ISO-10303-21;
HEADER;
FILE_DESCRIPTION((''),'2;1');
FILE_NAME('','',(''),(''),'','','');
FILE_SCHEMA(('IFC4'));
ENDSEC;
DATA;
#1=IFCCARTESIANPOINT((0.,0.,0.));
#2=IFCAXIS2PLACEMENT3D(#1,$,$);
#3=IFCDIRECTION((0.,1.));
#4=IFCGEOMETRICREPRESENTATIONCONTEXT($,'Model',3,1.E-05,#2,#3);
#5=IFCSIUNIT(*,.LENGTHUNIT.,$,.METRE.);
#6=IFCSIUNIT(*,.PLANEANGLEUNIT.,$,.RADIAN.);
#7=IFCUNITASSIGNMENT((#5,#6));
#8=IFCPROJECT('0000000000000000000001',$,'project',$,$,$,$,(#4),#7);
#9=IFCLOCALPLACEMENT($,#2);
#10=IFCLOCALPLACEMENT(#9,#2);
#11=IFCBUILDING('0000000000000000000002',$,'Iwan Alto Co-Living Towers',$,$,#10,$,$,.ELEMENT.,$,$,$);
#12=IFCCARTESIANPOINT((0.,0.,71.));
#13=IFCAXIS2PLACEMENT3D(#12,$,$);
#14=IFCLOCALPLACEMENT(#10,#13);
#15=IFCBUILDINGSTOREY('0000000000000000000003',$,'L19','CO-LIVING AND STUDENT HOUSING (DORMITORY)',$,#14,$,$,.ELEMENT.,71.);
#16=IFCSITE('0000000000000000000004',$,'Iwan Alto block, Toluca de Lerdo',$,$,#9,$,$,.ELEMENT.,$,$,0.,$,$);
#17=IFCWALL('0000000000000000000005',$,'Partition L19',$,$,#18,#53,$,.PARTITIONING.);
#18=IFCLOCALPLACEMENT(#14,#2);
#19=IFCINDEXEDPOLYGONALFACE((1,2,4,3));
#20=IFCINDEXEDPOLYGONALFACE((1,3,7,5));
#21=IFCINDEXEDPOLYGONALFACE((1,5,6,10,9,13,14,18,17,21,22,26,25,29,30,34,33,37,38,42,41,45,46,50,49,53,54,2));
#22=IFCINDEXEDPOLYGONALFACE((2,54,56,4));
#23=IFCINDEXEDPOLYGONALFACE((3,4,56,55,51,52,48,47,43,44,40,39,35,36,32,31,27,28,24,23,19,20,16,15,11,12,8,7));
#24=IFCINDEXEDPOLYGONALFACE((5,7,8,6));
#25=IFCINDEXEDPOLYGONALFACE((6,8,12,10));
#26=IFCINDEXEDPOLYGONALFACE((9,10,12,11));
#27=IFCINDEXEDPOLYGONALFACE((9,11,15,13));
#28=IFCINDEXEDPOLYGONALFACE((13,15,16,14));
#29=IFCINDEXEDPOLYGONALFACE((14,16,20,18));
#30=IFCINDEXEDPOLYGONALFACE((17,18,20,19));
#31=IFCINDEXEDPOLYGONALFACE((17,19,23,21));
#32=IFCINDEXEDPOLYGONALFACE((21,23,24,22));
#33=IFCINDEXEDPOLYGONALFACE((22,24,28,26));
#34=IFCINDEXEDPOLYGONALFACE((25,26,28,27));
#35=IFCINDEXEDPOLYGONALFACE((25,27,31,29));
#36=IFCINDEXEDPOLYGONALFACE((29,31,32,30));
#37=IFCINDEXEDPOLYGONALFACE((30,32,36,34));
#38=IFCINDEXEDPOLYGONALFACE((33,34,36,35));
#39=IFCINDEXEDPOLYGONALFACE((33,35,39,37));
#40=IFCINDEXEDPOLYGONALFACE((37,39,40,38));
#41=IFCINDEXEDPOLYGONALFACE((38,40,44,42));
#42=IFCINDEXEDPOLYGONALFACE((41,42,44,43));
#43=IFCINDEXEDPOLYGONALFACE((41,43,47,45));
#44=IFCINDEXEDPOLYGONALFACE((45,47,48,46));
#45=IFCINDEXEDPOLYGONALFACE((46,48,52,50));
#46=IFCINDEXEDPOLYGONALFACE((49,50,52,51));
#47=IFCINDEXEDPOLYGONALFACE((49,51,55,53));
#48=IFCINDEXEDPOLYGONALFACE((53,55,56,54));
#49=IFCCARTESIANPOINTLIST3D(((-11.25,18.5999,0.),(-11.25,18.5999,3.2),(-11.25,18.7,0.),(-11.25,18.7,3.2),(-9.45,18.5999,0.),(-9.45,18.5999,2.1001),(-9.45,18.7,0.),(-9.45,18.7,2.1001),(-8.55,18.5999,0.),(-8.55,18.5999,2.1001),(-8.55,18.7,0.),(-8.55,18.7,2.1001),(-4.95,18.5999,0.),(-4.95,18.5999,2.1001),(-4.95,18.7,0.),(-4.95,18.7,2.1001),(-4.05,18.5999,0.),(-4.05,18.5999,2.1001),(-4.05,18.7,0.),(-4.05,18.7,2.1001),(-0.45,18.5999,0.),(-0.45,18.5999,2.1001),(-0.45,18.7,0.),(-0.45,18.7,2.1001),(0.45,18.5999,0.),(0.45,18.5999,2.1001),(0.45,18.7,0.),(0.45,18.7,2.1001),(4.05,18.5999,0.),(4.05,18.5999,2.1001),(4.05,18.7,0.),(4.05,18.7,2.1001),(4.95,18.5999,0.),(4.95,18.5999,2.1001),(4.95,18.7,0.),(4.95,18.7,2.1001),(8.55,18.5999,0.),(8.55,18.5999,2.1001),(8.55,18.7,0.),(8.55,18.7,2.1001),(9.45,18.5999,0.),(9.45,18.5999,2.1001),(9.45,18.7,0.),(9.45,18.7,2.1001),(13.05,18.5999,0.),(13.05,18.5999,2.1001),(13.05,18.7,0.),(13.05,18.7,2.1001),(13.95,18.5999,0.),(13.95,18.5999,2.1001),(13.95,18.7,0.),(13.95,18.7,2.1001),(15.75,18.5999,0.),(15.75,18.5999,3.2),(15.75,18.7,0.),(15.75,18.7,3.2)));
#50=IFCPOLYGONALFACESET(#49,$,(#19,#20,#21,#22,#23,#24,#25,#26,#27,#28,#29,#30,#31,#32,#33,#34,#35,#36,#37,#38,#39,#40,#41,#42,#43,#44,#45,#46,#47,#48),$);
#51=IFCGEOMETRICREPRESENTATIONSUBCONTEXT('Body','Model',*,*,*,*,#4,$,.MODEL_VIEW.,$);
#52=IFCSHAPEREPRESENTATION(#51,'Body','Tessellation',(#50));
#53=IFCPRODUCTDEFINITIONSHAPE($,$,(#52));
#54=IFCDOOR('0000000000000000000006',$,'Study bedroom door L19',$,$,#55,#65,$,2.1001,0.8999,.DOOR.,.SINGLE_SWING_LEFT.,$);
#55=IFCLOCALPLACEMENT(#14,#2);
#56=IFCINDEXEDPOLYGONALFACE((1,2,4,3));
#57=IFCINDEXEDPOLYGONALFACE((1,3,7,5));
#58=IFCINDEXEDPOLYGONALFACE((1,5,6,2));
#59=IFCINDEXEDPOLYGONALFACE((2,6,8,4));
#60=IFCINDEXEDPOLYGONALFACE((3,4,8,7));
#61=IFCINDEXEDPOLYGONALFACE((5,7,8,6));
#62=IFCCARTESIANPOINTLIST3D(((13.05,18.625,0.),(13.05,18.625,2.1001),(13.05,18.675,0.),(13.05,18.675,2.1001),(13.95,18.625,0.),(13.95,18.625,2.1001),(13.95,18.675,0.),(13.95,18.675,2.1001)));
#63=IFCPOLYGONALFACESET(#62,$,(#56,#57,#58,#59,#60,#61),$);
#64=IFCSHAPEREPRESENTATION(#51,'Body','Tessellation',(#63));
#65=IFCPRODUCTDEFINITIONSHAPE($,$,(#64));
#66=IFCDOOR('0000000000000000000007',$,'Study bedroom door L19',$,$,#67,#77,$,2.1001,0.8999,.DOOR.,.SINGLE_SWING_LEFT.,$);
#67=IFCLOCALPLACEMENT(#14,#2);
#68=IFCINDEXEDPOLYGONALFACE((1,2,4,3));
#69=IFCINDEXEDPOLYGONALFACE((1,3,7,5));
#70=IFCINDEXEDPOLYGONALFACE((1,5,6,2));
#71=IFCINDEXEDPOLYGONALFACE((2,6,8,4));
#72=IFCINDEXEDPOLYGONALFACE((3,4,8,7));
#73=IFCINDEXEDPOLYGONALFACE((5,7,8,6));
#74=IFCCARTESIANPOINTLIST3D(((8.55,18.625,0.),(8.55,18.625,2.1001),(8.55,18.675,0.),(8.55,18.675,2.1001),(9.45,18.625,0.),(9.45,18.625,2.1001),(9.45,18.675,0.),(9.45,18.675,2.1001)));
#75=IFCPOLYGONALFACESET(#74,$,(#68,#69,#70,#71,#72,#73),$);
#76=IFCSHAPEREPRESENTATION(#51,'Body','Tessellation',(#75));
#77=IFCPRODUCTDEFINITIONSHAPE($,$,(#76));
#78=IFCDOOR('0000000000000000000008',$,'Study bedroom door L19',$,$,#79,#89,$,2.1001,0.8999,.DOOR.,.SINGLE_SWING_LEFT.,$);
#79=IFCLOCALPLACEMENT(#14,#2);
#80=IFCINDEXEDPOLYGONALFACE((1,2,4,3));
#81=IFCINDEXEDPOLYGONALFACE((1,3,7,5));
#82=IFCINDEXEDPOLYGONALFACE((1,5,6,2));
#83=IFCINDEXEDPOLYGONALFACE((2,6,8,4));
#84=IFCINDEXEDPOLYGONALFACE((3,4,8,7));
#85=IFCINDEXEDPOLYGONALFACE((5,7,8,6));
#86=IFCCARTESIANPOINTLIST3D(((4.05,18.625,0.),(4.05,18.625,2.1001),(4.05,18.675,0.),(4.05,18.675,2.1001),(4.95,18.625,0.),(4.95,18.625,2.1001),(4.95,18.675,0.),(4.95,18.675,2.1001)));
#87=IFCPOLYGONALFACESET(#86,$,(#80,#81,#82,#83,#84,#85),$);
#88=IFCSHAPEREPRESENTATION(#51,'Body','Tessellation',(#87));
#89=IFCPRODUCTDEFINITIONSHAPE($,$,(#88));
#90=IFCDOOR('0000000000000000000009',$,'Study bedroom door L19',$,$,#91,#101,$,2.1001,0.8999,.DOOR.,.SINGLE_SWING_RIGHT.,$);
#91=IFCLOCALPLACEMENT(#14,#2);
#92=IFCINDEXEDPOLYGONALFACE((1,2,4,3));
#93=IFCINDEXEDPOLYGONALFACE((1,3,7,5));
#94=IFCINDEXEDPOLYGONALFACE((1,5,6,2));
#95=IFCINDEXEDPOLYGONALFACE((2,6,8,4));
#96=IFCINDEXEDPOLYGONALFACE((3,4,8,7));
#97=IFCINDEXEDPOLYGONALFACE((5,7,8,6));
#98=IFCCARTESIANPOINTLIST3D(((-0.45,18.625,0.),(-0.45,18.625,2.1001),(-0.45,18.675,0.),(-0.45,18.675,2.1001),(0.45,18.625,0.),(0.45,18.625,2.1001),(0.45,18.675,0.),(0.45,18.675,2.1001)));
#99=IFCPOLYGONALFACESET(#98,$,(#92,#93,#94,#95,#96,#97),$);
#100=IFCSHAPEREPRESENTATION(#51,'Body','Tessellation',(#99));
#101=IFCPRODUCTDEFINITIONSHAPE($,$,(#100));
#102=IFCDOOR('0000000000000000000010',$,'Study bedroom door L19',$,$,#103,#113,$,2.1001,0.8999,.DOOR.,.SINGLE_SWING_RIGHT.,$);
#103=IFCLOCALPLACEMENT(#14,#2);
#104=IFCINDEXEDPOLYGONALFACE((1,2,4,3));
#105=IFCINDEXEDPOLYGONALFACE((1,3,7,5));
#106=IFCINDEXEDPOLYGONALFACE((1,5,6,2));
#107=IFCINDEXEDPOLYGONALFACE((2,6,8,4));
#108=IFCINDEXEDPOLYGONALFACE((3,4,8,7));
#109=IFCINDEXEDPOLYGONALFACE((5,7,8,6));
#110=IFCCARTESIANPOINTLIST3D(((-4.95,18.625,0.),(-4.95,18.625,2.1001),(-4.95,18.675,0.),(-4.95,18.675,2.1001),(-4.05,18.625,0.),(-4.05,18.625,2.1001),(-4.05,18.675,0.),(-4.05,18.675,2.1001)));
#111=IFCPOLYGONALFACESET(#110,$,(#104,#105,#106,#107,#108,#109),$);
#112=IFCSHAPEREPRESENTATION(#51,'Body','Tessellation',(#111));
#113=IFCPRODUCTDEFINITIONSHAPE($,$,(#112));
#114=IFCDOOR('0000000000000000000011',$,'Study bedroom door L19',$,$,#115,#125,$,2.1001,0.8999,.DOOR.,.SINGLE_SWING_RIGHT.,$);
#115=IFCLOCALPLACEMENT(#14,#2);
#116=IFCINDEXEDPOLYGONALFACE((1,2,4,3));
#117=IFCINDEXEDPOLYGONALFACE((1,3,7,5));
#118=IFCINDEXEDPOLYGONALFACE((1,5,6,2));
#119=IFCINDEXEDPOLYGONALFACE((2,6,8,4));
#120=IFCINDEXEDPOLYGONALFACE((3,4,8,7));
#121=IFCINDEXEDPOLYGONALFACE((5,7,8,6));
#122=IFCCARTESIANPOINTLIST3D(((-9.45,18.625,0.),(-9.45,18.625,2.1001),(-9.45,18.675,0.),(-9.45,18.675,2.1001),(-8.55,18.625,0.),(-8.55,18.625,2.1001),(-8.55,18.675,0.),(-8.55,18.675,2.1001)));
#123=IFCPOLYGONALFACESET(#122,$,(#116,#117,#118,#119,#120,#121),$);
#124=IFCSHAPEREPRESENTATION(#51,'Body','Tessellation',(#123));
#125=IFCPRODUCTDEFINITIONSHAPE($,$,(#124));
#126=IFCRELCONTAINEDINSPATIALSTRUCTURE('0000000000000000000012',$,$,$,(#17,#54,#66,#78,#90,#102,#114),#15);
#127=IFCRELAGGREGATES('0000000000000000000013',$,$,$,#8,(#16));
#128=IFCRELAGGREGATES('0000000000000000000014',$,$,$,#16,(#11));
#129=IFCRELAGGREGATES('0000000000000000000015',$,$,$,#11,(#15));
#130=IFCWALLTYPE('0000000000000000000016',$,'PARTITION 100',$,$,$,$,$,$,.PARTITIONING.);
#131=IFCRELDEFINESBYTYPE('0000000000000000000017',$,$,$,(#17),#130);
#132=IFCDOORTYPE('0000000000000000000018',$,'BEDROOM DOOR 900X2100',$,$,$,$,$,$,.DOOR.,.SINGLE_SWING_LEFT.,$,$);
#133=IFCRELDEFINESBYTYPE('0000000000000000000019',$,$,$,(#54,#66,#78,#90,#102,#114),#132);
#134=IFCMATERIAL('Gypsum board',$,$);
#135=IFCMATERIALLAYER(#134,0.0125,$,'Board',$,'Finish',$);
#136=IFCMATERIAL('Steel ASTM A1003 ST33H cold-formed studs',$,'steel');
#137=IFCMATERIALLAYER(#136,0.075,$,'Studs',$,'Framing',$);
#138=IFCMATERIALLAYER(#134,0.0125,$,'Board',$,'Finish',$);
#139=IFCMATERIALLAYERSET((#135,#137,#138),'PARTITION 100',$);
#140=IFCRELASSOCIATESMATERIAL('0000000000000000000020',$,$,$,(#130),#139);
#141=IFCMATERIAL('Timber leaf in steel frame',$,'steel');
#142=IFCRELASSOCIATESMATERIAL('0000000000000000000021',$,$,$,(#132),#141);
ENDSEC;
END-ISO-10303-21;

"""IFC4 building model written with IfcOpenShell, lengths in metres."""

from ifc_helpers import new_model, si_unit, direction, frame, frame_2d, origin, place, context, subcontext, project, spatial, rectangle, extrude, material, layer, layer_set, type_object, element, fill, save


model = new_model("IFC4")

# Units and contexts
model_context = context("Model", 3, precision=1e-05, world=origin(), true_north=direction((0.0, 1.0)))
body_context = subcontext(model_context, "Body", "Model", "MODEL_VIEW")
ifc_project = project(units=[si_unit("LENGTHUNIT", "METRE"), si_unit("PLANEANGLEUNIT", "RADIAN")], contexts=[model_context])

# Site, building, storey
site_placement = place(None, origin())
site = spatial("IfcSite", under=ifc_project, at=site_placement, Name="Iwan Alto block, Toluca de Lerdo", CompositionType="ELEMENT", RefElevation=0.0)
building_placement = place(site_placement, origin())
building = spatial("IfcBuilding", under=site, at=building_placement, Name="Iwan Alto Co-Living Towers", CompositionType="ELEMENT")
storey_placement = place(building_placement, frame((0.0, 0.0, 71.0)))
storey = spatial("IfcBuildingStorey", under=building, at=storey_placement, Name="L19", Description="CO-LIVING AND STUDENT HOUSING (DORMITORY)", CompositionType="ELEMENT", Elevation=71.0)

# Wall, openings, doors
ifc_material_1 = material(Name="Gypsum board")
ifc_layer_1 = layer(ifc_material_1, 0.0125, Name="Board", Category="Finish")
ifc_material_2 = material(Name="Steel ASTM A1003 ST33H cold-formed studs", Category="steel")
ifc_layer_2 = layer(ifc_material_2, 0.075, Name="Studs", Category="Framing")
ifc_layer_3 = layer(ifc_material_1, 0.0125, Name="Board", Category="Finish")
ifc_layer_set_1 = layer_set([ifc_layer_1, ifc_layer_2, ifc_layer_3], Name="PARTITION 100")
wall_type_1 = type_object("IfcWallType", Name="PARTITION 100", PredefinedType="PARTITIONING", material=ifc_layer_set_1)
wall_1_placement = place(storey_placement, frame((-11.25, 18.6499, 0.0), z_axis=(0.0, 0.0, 1.0), x_axis=(1.0, 0.0, 0.0)))
wall_1 = element("IfcWall", 1, at=wall_1_placement, inside=storey, type_object=wall_type_1, Name="Partition L19", PredefinedType="PARTITIONING", context=body_context, shape_type="SweptSolid", body=[
    extrude(rectangle(XDim=27.0, YDim=0.1001, at=frame_2d((13.5, 0.0))), origin(), (0.0, 0.0, 1.0), 3.2),
])
opening_1_placement = place(wall_1_placement, frame((24.3, 0.0, 0.0)))
opening_1 = element("IfcOpeningElement", 2, at=opening_1_placement, cuts=wall_1, PredefinedType="OPENING", context=body_context, shape_type="SweptSolid", body=[
    extrude(rectangle(XDim=0.8999, YDim=2.1001, at=frame_2d((0.45, 1.05))), frame((0.0, 0.0601, 0.0), z_axis=(0.0, -1.0, 0.0), x_axis=(1.0, 0.0, 0.0)), (0.0, 0.0, 1.0), 0.1201),
])
opening_2_placement = place(wall_1_placement, frame((19.8, 0.0, 0.0)))
opening_2 = element("IfcOpeningElement", 3, at=opening_2_placement, cuts=wall_1, PredefinedType="OPENING", context=body_context, shape_type="SweptSolid", body=[
    extrude(rectangle(XDim=0.8999, YDim=2.1001, at=frame_2d((0.45, 1.05))), frame((0.0, 0.0601, 0.0), z_axis=(0.0, -1.0, 0.0), x_axis=(1.0, 0.0, 0.0)), (0.0, 0.0, 1.0), 0.1201),
])
opening_3_placement = place(wall_1_placement, frame((15.3, 0.0, 0.0)))
opening_3 = element("IfcOpeningElement", 4, at=opening_3_placement, cuts=wall_1, PredefinedType="OPENING", context=body_context, shape_type="SweptSolid", body=[
    extrude(rectangle(XDim=0.8999, YDim=2.1001, at=frame_2d((0.45, 1.05))), frame((0.0, 0.0601, 0.0), z_axis=(0.0, -1.0, 0.0), x_axis=(1.0, 0.0, 0.0)), (0.0, 0.0, 1.0), 0.1201),
])
opening_4_placement = place(wall_1_placement, frame((10.8, 0.0, 0.0)))
opening_4 = element("IfcOpeningElement", 5, at=opening_4_placement, cuts=wall_1, PredefinedType="OPENING", context=body_context, shape_type="SweptSolid", body=[
    extrude(rectangle(XDim=0.8999, YDim=2.1001, at=frame_2d((0.45, 1.05))), frame((0.0, 0.0601, 0.0), z_axis=(0.0, -1.0, 0.0), x_axis=(1.0, 0.0, 0.0)), (0.0, 0.0, 1.0), 0.1201),
])
opening_5_placement = place(wall_1_placement, frame((6.3, 0.0, 0.0)))
opening_5 = element("IfcOpeningElement", 6, at=opening_5_placement, cuts=wall_1, PredefinedType="OPENING", context=body_context, shape_type="SweptSolid", body=[
    extrude(rectangle(XDim=0.8999, YDim=2.1001, at=frame_2d((0.45, 1.05))), frame((0.0, 0.0601, 0.0), z_axis=(0.0, -1.0, 0.0), x_axis=(1.0, 0.0, 0.0)), (0.0, 0.0, 1.0), 0.1201),
])
opening_6_placement = place(wall_1_placement, frame((1.8, 0.0, 0.0)))
opening_6 = element("IfcOpeningElement", 7, at=opening_6_placement, cuts=wall_1, PredefinedType="OPENING", context=body_context, shape_type="SweptSolid", body=[
    extrude(rectangle(XDim=0.8999, YDim=2.1001, at=frame_2d((0.45, 1.05))), frame((0.0, 0.0601, 0.0), z_axis=(0.0, -1.0, 0.0), x_axis=(1.0, 0.0, 0.0)), (0.0, 0.0, 1.0), 0.1201),
])
ifc_material_3 = material(Name="Timber leaf in steel frame", Category="steel")
door_type_1 = type_object("IfcDoorType", Name="BEDROOM DOOR 900X2100", OperationType="SINGLE_SWING_LEFT", PredefinedType="DOOR", material=ifc_material_3)
door_1_placement = place(opening_1_placement, frame((0.8999, 0.0, 0.0), z_axis=(0.0, 0.0, 1.0), x_axis=(-1.0, 0.0, 0.0)))
door_1 = element("IfcDoor", 8, at=door_1_placement, inside=storey, type_object=door_type_1, Name="Study bedroom door L19", OperationType="SINGLE_SWING_LEFT", OverallHeight=2.1001, OverallWidth=0.8999, PredefinedType="DOOR", context=body_context, shape_type="SweptSolid", body=[
    extrude(rectangle(XDim=0.8999, YDim=2.1001, at=frame_2d((0.45, 1.05))), frame((0.0, 0.0249, 0.0), z_axis=(0.0, -1.0, 0.0), x_axis=(1.0, 0.0, 0.0)), (0.0, 0.0, 1.0), 0.05),
])
fill(opening_1, door_1)
door_2_placement = place(opening_2_placement, frame((0.8999, 0.0, 0.0), z_axis=(0.0, 0.0, 1.0), x_axis=(-1.0, 0.0, 0.0)))
door_2 = element("IfcDoor", 9, at=door_2_placement, inside=storey, type_object=door_type_1, Name="Study bedroom door L19", OperationType="SINGLE_SWING_LEFT", OverallHeight=2.1001, OverallWidth=0.8999, PredefinedType="DOOR", context=body_context, shape_type="SweptSolid", body=[
    extrude(rectangle(XDim=0.8999, YDim=2.1001, at=frame_2d((0.45, 1.05))), frame((0.0, 0.0249, 0.0), z_axis=(0.0, -1.0, 0.0), x_axis=(1.0, 0.0, 0.0)), (0.0, 0.0, 1.0), 0.05),
])
fill(opening_2, door_2)
door_3_placement = place(opening_3_placement, frame((0.8999, 0.0, 0.0), z_axis=(0.0, 0.0, 1.0), x_axis=(-1.0, 0.0, 0.0)))
door_3 = element("IfcDoor", 10, at=door_3_placement, inside=storey, type_object=door_type_1, Name="Study bedroom door L19", OperationType="SINGLE_SWING_LEFT", OverallHeight=2.1001, OverallWidth=0.8999, PredefinedType="DOOR", context=body_context, shape_type="SweptSolid", body=[
    extrude(rectangle(XDim=0.8999, YDim=2.1001, at=frame_2d((0.45, 1.05))), frame((0.0, 0.0249, 0.0), z_axis=(0.0, -1.0, 0.0), x_axis=(1.0, 0.0, 0.0)), (0.0, 0.0, 1.0), 0.05),
])
fill(opening_3, door_3)
door_4_placement = place(opening_4_placement, frame((0.8999, 0.0, 0.0), z_axis=(0.0, 0.0, 1.0), x_axis=(-1.0, 0.0, 0.0)))
door_4 = element("IfcDoor", 11, at=door_4_placement, inside=storey, type_object=door_type_1, Name="Study bedroom door L19", OperationType="SINGLE_SWING_RIGHT", OverallHeight=2.1001, OverallWidth=0.8999, PredefinedType="DOOR", context=body_context, shape_type="SweptSolid", body=[
    extrude(rectangle(XDim=0.8999, YDim=2.1001, at=frame_2d((0.45, 1.05))), frame((0.0, 0.0249, 0.0), z_axis=(0.0, -1.0, 0.0), x_axis=(1.0, 0.0, 0.0)), (0.0, 0.0, 1.0), 0.05),
])
fill(opening_4, door_4)
door_5_placement = place(opening_5_placement, frame((0.8999, 0.0, 0.0), z_axis=(0.0, 0.0, 1.0), x_axis=(-1.0, 0.0, 0.0)))
door_5 = element("IfcDoor", 12, at=door_5_placement, inside=storey, type_object=door_type_1, Name="Study bedroom door L19", OperationType="SINGLE_SWING_RIGHT", OverallHeight=2.1001, OverallWidth=0.8999, PredefinedType="DOOR", context=body_context, shape_type="SweptSolid", body=[
    extrude(rectangle(XDim=0.8999, YDim=2.1001, at=frame_2d((0.45, 1.05))), frame((0.0, 0.0249, 0.0), z_axis=(0.0, -1.0, 0.0), x_axis=(1.0, 0.0, 0.0)), (0.0, 0.0, 1.0), 0.05),
])
fill(opening_5, door_5)
door_6_placement = place(opening_6_placement, frame((0.8999, 0.0, 0.0), z_axis=(0.0, 0.0, 1.0), x_axis=(-1.0, 0.0, 0.0)))
door_6 = element("IfcDoor", 13, at=door_6_placement, inside=storey, type_object=door_type_1, Name="Study bedroom door L19", OperationType="SINGLE_SWING_RIGHT", OverallHeight=2.1001, OverallWidth=0.8999, PredefinedType="DOOR", context=body_context, shape_type="SweptSolid", body=[
    extrude(rectangle(XDim=0.8999, YDim=2.1001, at=frame_2d((0.45, 1.05))), frame((0.0, 0.0249, 0.0), z_axis=(0.0, -1.0, 0.0), x_axis=(1.0, 0.0, 0.0)), (0.0, 0.0, 1.0), 0.05),
])
fill(opening_6, door_6)

save(model, "model.ifc")
